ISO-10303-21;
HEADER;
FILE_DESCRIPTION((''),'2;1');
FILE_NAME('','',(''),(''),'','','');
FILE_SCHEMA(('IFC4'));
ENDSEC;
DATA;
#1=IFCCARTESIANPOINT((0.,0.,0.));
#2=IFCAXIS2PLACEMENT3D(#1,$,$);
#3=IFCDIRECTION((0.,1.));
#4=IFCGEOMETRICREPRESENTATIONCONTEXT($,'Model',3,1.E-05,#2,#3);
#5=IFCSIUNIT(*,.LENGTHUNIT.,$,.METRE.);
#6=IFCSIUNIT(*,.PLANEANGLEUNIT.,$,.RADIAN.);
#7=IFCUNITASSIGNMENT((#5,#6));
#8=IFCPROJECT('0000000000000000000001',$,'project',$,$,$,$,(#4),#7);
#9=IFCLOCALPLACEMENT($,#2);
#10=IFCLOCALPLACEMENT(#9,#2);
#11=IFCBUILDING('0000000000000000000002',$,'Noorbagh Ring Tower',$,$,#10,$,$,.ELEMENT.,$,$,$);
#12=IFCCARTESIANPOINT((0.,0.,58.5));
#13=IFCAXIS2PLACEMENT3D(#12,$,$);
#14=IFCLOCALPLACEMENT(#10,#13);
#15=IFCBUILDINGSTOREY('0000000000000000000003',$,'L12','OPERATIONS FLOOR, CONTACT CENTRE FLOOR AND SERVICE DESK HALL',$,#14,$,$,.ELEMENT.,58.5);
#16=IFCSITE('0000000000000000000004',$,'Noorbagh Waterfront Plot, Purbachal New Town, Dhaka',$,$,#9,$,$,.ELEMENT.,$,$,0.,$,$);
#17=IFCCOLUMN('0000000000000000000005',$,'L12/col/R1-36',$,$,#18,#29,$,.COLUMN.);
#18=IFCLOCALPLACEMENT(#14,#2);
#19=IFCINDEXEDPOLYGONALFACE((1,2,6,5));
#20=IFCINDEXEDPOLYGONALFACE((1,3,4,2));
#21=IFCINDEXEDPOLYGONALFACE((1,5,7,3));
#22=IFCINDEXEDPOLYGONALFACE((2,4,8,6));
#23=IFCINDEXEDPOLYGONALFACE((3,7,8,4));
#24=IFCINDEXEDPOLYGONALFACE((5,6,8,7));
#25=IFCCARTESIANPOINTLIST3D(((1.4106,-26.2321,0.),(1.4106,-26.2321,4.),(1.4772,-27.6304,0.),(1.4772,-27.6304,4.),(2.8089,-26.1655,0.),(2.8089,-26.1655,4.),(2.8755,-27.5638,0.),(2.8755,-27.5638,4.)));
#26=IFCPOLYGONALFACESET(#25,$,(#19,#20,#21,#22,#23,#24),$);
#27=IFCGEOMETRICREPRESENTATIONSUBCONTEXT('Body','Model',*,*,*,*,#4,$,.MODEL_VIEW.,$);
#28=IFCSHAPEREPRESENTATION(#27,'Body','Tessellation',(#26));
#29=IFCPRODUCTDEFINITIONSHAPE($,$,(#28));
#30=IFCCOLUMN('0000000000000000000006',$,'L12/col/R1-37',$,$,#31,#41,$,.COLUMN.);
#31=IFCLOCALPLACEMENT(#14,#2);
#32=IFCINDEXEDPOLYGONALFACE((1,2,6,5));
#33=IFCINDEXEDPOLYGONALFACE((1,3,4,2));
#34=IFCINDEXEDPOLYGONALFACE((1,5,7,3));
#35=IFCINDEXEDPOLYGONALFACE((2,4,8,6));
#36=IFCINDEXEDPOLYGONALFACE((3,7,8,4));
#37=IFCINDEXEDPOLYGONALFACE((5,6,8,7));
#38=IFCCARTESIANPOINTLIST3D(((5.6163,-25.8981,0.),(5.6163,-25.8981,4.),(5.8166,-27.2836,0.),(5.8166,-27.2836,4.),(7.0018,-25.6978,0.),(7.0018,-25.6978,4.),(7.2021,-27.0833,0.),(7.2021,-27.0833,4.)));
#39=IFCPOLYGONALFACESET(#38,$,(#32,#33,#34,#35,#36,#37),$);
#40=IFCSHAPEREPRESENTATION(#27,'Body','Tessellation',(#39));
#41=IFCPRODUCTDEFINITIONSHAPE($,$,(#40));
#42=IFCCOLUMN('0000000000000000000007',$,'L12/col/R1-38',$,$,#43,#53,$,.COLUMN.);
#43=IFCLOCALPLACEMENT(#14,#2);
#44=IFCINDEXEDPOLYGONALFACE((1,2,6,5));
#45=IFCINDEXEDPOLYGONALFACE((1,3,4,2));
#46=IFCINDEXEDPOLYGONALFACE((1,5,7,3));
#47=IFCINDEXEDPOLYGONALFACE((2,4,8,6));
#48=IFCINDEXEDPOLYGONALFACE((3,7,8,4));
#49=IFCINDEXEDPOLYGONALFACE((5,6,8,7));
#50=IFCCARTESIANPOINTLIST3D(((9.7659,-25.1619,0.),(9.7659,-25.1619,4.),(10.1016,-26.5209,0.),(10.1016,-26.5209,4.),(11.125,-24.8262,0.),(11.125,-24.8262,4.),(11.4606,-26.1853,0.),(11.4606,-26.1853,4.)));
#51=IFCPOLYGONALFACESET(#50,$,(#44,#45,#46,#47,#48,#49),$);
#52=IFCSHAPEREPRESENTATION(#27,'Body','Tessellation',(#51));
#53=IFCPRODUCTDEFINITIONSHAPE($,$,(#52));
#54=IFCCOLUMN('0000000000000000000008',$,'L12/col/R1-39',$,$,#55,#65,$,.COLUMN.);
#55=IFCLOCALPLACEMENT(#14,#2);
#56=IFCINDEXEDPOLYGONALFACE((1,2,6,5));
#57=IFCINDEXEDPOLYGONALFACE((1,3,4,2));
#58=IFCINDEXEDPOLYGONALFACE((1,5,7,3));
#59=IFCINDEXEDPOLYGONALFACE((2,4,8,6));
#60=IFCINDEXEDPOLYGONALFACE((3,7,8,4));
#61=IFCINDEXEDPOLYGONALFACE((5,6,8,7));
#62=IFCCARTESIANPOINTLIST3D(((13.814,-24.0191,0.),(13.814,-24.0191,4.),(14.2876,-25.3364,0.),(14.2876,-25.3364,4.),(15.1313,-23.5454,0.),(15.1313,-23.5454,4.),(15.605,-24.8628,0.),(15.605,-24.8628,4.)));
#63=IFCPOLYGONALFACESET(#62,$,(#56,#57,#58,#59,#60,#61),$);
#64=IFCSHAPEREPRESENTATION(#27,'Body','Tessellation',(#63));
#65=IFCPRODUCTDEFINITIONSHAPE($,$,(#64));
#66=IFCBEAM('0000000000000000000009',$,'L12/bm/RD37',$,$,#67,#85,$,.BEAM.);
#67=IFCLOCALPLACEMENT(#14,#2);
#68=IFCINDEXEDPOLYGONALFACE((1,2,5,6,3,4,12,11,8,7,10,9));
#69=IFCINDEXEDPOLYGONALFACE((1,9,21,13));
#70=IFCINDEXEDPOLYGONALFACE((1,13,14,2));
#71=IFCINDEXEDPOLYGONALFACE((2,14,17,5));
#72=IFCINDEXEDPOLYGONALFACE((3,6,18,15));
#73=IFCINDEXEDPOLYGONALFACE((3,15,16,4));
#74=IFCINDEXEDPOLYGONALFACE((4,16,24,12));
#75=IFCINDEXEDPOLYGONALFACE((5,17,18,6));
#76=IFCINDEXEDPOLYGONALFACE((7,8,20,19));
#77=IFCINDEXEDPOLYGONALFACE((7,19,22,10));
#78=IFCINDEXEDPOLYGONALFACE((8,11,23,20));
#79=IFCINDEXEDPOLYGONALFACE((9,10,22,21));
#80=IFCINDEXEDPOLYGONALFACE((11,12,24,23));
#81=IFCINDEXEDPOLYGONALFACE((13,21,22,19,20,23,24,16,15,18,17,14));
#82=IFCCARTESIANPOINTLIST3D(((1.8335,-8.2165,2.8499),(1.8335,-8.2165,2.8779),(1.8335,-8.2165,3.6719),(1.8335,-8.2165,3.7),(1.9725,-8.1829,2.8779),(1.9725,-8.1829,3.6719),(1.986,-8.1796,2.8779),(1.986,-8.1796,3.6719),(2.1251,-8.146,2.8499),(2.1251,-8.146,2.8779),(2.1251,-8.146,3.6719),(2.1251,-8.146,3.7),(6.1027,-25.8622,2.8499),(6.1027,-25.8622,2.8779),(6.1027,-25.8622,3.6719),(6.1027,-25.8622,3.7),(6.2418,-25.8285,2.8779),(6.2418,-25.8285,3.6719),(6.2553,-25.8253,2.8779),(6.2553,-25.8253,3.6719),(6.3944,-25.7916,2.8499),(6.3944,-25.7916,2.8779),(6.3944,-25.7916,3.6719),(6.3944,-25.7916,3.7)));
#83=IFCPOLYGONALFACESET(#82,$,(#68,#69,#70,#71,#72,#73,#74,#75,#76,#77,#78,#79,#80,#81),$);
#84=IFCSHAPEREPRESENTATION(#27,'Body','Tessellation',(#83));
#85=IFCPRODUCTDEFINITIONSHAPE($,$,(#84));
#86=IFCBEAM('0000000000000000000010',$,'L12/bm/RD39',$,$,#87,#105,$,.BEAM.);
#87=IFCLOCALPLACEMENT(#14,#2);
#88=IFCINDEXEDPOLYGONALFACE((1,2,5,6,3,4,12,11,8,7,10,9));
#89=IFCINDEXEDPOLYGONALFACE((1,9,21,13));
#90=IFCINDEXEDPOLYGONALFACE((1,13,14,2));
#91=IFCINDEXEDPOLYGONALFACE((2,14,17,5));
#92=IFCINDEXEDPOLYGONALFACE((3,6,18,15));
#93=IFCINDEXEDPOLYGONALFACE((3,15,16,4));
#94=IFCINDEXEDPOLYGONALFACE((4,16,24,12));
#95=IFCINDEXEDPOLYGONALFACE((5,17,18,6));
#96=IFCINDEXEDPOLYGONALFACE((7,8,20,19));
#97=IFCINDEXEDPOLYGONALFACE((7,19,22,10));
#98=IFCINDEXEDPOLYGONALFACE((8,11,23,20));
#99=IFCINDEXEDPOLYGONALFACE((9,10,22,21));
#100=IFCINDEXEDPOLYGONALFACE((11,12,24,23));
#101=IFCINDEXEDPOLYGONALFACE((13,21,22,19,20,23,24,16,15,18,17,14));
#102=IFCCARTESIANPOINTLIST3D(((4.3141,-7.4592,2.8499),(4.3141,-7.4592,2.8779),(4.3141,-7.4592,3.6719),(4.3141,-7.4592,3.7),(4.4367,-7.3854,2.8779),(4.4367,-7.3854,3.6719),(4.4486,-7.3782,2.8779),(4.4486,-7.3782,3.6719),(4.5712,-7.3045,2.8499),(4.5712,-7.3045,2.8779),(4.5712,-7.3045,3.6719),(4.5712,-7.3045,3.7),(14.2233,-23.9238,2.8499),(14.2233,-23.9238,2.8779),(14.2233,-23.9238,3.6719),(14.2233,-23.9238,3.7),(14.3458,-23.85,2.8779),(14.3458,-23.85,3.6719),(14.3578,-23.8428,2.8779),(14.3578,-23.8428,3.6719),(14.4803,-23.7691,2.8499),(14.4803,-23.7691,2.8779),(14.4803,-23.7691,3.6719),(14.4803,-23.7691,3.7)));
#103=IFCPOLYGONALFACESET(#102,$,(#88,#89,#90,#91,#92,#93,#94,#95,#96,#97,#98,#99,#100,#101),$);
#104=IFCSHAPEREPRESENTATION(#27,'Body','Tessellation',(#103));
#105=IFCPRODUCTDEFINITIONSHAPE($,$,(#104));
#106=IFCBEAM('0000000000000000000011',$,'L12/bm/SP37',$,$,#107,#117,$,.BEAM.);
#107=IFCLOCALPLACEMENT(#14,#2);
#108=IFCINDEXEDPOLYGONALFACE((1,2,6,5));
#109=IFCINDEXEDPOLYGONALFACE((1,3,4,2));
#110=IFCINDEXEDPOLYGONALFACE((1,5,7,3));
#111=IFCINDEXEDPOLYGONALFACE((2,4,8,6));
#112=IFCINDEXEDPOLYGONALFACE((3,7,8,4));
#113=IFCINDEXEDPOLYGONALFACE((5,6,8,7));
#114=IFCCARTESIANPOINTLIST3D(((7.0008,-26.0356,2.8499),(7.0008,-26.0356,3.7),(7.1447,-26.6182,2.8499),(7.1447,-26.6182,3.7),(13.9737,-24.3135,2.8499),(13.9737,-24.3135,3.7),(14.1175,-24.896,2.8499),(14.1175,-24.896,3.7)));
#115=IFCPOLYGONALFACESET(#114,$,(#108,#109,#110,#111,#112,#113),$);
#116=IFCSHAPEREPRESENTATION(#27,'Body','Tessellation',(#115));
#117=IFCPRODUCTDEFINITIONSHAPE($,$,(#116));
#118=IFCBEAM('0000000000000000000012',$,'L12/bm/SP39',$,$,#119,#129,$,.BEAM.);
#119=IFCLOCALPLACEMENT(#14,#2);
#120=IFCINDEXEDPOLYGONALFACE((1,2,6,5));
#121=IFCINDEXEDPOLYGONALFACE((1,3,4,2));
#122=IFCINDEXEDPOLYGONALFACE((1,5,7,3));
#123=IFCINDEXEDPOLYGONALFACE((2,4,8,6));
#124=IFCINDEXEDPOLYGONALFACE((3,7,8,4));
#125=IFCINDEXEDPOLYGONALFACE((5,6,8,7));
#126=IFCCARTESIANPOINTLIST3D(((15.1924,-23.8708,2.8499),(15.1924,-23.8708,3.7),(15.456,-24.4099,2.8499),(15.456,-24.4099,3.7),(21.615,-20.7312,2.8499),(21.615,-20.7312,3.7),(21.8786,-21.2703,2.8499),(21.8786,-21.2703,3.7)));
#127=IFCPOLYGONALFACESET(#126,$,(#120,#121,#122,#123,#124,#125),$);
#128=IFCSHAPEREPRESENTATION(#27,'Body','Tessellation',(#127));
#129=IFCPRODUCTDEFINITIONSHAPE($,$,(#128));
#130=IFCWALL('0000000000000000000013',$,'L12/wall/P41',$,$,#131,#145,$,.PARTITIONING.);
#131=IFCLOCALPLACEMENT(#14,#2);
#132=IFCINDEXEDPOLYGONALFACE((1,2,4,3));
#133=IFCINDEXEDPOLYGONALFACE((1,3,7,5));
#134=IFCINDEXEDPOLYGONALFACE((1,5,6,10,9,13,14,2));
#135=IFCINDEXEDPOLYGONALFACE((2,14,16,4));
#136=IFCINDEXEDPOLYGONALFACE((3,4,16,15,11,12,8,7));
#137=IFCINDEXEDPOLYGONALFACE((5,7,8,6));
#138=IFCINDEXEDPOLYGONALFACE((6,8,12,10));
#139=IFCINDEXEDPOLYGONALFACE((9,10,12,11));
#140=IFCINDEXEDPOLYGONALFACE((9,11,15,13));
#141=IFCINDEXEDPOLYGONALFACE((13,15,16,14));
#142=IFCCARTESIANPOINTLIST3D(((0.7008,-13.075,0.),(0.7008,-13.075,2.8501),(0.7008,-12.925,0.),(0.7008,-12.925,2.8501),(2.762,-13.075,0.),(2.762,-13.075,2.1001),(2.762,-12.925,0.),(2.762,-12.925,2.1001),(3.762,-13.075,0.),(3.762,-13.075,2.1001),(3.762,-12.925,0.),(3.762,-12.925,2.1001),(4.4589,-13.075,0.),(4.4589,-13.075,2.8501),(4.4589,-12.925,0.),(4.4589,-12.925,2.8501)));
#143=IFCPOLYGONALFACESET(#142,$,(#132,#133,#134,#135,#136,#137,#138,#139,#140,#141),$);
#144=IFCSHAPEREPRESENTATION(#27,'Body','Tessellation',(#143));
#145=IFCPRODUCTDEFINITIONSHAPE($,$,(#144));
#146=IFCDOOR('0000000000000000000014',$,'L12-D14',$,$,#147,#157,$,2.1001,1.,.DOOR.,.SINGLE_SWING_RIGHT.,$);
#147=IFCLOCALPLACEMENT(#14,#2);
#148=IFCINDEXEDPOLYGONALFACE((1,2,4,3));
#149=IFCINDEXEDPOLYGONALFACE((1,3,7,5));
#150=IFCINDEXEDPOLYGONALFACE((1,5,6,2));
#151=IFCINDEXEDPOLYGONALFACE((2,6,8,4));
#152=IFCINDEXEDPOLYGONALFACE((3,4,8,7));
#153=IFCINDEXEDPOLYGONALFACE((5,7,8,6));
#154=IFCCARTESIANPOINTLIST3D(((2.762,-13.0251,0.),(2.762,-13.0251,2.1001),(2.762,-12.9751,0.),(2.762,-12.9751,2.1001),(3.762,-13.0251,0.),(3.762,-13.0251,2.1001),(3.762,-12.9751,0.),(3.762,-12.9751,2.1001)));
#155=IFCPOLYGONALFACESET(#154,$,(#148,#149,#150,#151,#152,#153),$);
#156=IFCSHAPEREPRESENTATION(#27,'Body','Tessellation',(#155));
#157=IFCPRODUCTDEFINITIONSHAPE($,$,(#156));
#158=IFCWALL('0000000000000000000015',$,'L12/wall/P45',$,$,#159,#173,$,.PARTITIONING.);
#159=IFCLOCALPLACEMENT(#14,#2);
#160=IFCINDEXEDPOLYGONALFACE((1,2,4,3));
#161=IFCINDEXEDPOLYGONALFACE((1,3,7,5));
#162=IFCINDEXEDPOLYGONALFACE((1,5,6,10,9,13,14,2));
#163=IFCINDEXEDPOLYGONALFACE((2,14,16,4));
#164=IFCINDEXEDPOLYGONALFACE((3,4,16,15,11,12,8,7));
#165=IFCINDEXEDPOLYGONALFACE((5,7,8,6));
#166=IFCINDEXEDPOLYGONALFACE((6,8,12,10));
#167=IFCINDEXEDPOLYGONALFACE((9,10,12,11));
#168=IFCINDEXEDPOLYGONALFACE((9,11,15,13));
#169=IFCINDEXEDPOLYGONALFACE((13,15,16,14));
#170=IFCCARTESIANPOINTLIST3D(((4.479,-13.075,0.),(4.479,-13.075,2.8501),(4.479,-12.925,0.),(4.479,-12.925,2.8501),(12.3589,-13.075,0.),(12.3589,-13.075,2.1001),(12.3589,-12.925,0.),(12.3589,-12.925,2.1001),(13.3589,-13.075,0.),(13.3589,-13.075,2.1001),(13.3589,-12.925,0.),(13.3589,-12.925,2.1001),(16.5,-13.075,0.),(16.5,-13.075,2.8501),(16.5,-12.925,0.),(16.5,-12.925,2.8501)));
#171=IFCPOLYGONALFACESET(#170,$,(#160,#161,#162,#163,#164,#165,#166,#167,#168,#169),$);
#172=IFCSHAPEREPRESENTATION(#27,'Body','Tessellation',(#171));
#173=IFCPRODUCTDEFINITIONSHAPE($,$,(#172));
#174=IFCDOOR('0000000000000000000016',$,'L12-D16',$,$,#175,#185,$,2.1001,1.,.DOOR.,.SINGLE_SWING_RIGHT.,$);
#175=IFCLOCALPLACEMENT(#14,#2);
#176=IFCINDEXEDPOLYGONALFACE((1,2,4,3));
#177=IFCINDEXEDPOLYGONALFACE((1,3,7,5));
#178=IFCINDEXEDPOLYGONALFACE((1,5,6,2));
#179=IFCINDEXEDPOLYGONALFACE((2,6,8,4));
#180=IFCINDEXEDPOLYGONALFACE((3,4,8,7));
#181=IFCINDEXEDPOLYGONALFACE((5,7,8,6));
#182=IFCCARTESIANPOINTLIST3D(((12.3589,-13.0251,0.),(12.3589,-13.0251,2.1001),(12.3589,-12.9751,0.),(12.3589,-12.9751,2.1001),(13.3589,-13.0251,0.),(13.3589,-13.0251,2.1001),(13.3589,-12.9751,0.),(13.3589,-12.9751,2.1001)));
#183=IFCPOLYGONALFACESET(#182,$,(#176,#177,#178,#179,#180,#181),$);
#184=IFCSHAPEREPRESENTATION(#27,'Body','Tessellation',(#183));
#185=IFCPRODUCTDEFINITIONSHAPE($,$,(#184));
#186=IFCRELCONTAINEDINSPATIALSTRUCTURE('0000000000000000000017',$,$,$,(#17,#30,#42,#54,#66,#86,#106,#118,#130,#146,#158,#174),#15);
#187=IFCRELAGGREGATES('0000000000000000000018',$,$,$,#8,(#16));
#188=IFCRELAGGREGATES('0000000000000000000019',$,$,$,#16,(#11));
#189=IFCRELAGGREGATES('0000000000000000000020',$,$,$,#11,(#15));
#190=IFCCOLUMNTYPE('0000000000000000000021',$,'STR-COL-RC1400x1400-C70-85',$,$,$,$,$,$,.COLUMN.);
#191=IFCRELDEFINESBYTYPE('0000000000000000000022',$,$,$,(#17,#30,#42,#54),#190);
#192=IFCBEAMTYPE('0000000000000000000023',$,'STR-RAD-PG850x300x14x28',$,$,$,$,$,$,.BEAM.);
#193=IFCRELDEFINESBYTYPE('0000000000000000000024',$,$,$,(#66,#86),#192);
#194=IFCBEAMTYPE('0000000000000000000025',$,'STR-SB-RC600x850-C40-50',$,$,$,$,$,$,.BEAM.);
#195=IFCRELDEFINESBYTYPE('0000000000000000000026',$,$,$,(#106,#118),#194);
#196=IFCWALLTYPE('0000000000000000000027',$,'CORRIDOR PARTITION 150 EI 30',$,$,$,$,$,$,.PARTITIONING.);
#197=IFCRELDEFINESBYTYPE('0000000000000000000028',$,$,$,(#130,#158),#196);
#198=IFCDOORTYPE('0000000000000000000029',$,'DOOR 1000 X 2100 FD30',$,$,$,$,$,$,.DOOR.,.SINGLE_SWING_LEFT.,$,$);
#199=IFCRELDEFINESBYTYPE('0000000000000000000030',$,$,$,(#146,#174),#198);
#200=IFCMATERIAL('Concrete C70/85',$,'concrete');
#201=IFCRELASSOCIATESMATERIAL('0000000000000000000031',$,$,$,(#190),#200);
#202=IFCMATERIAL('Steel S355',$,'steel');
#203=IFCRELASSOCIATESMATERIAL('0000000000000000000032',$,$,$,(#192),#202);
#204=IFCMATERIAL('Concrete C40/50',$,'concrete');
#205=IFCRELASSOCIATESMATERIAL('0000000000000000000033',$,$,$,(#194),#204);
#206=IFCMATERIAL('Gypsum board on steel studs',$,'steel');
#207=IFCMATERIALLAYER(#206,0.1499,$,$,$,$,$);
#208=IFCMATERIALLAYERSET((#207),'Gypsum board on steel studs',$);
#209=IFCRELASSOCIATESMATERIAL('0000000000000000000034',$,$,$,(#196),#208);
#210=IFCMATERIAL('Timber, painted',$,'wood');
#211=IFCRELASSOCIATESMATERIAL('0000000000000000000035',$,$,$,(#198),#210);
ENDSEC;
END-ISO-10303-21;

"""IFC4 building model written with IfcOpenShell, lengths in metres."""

from ifc_helpers import new_model, si_unit, direction, frame, frame_2d, origin, origin_2d, place, context, subcontext, project, spatial, rectangle, i_section, extrude, material, layer, layer_set, material_profile, profile_set, type_object, element, fill, save


model = new_model("IFC4")

# Units and contexts
model_context = context("Model", 3, precision=1e-05, world=origin(), true_north=direction((0.0, 1.0)))
body_context = subcontext(model_context, "Body", "Model", "MODEL_VIEW")
ifc_project = project(units=[si_unit("LENGTHUNIT", "METRE"), si_unit("PLANEANGLEUNIT", "RADIAN")], contexts=[model_context])

# Site, building, storey
site_placement = place(None, origin())
site = spatial("IfcSite", under=ifc_project, at=site_placement, Name="Noorbagh Waterfront Plot, Purbachal New Town, Dhaka", CompositionType="ELEMENT", RefElevation=0.0)
building_placement = place(site_placement, origin())
building = spatial("IfcBuilding", under=site, at=building_placement, Name="Noorbagh Ring Tower", CompositionType="ELEMENT")
storey_placement = place(building_placement, frame((0.0, 0.0, 58.5)))
storey = spatial("IfcBuildingStorey", under=building, at=storey_placement, Name="L12", Description="OPERATIONS FLOOR, CONTACT CENTRE FLOOR AND SERVICE DESK HALL", CompositionType="ELEMENT", Elevation=58.5)

# Columns
ifc_material_1 = material(Name="Concrete C70/85", Category="concrete")
ifc_material_profile_1 = material_profile(ifc_material_1, rectangle(XDim=1.3999, YDim=1.3999, at=origin_2d()), Name="RC1400x1400")
ifc_profile_set_1 = profile_set([ifc_material_profile_1], Name="Concrete C70/85")
column_type = type_object("IfcColumnType", Name="STR-COL-RC1400x1400-C70-85", PredefinedType="COLUMN", material=ifc_profile_set_1)
for number, where, z_axis, x_axis, name in (
    (1, (2.1431, -26.8979, 0.0), (0.0, 0.0, 1.0), (0.998869, 0.047553, 0.0), "L12/col/R1-36"),
    (2, (6.4092, -26.4907, 0.0), (0.0, 0.0, 1.0), (0.989713, 0.143066, 0.0), "L12/col/R1-37"),
    (3, (10.6133, -25.6736, 0.0), (0.0, 0.0, 1.0), (0.970829, 0.239771, 0.0), "L12/col/R1-38"),
    (4, (14.7095, -24.4409, 0.0), (0.0, 0.0, 1.0), (0.941025, 0.338338, 0.0), "L12/col/R1-39"),
):
    element("IfcColumn", number, at=place(storey_placement, frame(where, z_axis=z_axis, x_axis=x_axis)), inside=storey, type_object=column_type, Name=name, PredefinedType="COLUMN", context=body_context, shape_type="SweptSolid", body=[
        extrude(rectangle(XDim=1.3999, YDim=1.3999, at=origin_2d()), origin(), (0.0, 0.0, 1.0), 4.0),
    ])

# Beams
ifc_material_2 = material(Name="Steel S355", Category="steel")
ifc_material_profile_2 = material_profile(ifc_material_2, i_section(OverallWidth=0.3, OverallDepth=0.8501, WebThickness=0.0139, FlangeThickness=0.0281, at=origin_2d()), Name="PG850x300x14x28")
ifc_profile_set_2 = profile_set([ifc_material_profile_2], Name="Steel S355")
beam_type_1 = type_object("IfcBeamType", Name="STR-RAD-PG850x300x14x28", PredefinedType="BEAM", material=ifc_profile_set_2)
beam_1_placement = place(storey_placement, frame((6.2485, -25.8269, 3.2749), z_axis=(-0.235159, 0.971957, 0.0), x_axis=(-0.971957, -0.235159, 0.0)))
element("IfcBeam", 5, at=beam_1_placement, inside=storey, type_object=beam_type_1, Name="L12/bm/RD37", PredefinedType="BEAM", context=body_context, shape_type="SweptSolid", body=[
    extrude(i_section(OverallWidth=0.3, OverallDepth=0.8501, WebThickness=0.0139, FlangeThickness=0.0281, at=origin_2d()), origin(), (0.0, 0.0, 1.0), 18.1548),
])
beam_2_placement = place(storey_placement, frame((14.3518, -23.8464, 3.2749), z_axis=(-0.515659, 0.856794, 0.0), x_axis=(-0.856794, -0.515659, 0.0)))
element("IfcBeam", 6, at=beam_2_placement, inside=storey, type_object=beam_type_1, Name="L12/bm/RD39", PredefinedType="BEAM", context=body_context, shape_type="SweptSolid", body=[
    extrude(i_section(OverallWidth=0.3, OverallDepth=0.8501, WebThickness=0.0139, FlangeThickness=0.0281, at=origin_2d()), origin(), (0.0, 0.0, 1.0), 19.2166),
])
ifc_material_3 = material(Name="Concrete C40/50", Category="concrete")
ifc_material_profile_3 = material_profile(ifc_material_3, rectangle(XDim=0.6001, YDim=0.8501, at=origin_2d()), Name="RC600x850")
ifc_profile_set_3 = profile_set([ifc_material_profile_3], Name="Concrete C40/50")
beam_type_2 = type_object("IfcBeamType", Name="STR-SB-RC600x850-C40-50", PredefinedType="BEAM", material=ifc_profile_set_3)
beam_3_placement = place(storey_placement, frame((7.0728, -26.3269, 3.2749), z_axis=(0.970828, 0.239775, 0.0), x_axis=(-0.239775, 0.970828, 0.0)))
element("IfcBeam", 7, at=beam_3_placement, inside=storey, type_object=beam_type_2, Name="L12/bm/SP37", PredefinedType="BEAM", context=body_context, shape_type="SweptSolid", body=[
    extrude(rectangle(XDim=0.6001, YDim=0.8501, at=origin_2d()), origin(), (0.0, 0.0, 1.0), 7.1824),
])
beam_4_placement = place(storey_placement, frame((15.3242, -24.1404, 3.2749), z_axis=(0.898401, 0.439177, 0.0), x_axis=(-0.439177, 0.898401, 0.0)))
element("IfcBeam", 8, at=beam_4_placement, inside=storey, type_object=beam_type_2, Name="L12/bm/SP39", PredefinedType="BEAM", context=body_context, shape_type="SweptSolid", body=[
    extrude(rectangle(XDim=0.6001, YDim=0.8501, at=origin_2d()), origin(), (0.0, 0.0, 1.0), 7.1489),
])

# Walls, openings, doors
ifc_material_4 = material(Name="Gypsum board on steel studs", Category="steel")
ifc_layer_1 = layer(ifc_material_4, 0.1499)
ifc_layer_set_1 = layer_set([ifc_layer_1], Name="Gypsum board on steel studs")
wall_type_1 = type_object("IfcWallType", Name="CORRIDOR PARTITION 150 EI 30", PredefinedType="PARTITIONING", material=ifc_layer_set_1)
wall_1_placement = place(storey_placement, frame((0.7009, -13.0, 0.0), z_axis=(0.0, 0.0, 1.0), x_axis=(1.0, 0.0, 0.0)))
wall_1 = element("IfcWall", 9, at=wall_1_placement, inside=storey, type_object=wall_type_1, Name="L12/wall/P41", PredefinedType="PARTITIONING", context=body_context, shape_type="SweptSolid", body=[
    extrude(rectangle(XDim=3.7581, YDim=0.1499, at=frame_2d((1.8789, 0.0))), origin(), (0.0, 0.0, 1.0), 2.8501),
])
opening_1_placement = place(wall_1_placement, frame((2.061, 0.0, 0.0)))
opening_1 = element("IfcOpeningElement", 10, at=opening_1_placement, cuts=wall_1, PredefinedType="OPENING", context=body_context, shape_type="SweptSolid", body=[
    extrude(rectangle(XDim=1.0, YDim=2.1001, at=frame_2d((0.5, 1.05))), frame((0.0, 0.085, 0.0), z_axis=(0.0, -1.0, 0.0), x_axis=(1.0, 0.0, 0.0)), (0.0, 0.0, 1.0), 0.1699),
])
ifc_material_5 = material(Name="Timber, painted", Category="wood")
door_type = type_object("IfcDoorType", Name="DOOR 1000 X 2100 FD30", OperationType="SINGLE_SWING_LEFT", PredefinedType="DOOR", material=ifc_material_5)
door_1_placement = place(opening_1_placement, origin())
door_1 = element("IfcDoor", 11, at=door_1_placement, inside=storey, type_object=door_type, Name="L12-D14", OperationType="SINGLE_SWING_RIGHT", OverallHeight=2.1001, OverallWidth=1.0, PredefinedType="DOOR", context=body_context, shape_type="SweptSolid", body=[
    extrude(rectangle(XDim=1.0, YDim=2.1001, at=frame_2d((0.5, 1.05))), frame((0.0, 0.0249, 0.0), z_axis=(0.0, -1.0, 0.0), x_axis=(1.0, 0.0, 0.0)), (0.0, 0.0, 1.0), 0.05),
])
fill(opening_1, door_1)
wall_2_placement = place(storey_placement, frame((4.479, -13.0, 0.0), z_axis=(0.0, 0.0, 1.0), x_axis=(1.0, 0.0, 0.0)))
wall_2 = element("IfcWall", 12, at=wall_2_placement, inside=storey, type_object=wall_type_1, Name="L12/wall/P45", PredefinedType="PARTITIONING", context=body_context, shape_type="SweptSolid", body=[
    extrude(rectangle(XDim=12.021, YDim=0.1499, at=frame_2d((6.0105, 0.0))), origin(), (0.0, 0.0, 1.0), 2.8501),
])
opening_2_placement = place(wall_2_placement, frame((7.8799, 0.0, 0.0)))
opening_2 = element("IfcOpeningElement", 13, at=opening_2_placement, cuts=wall_2, PredefinedType="OPENING", context=body_context, shape_type="SweptSolid", body=[
    extrude(rectangle(XDim=1.0, YDim=2.1001, at=frame_2d((0.5, 1.05))), frame((0.0, 0.085, 0.0), z_axis=(0.0, -1.0, 0.0), x_axis=(1.0, 0.0, 0.0)), (0.0, 0.0, 1.0), 0.1699),
])
door_2_placement = place(opening_2_placement, origin())
door_2 = element("IfcDoor", 14, at=door_2_placement, inside=storey, type_object=door_type, Name="L12-D16", OperationType="SINGLE_SWING_RIGHT", OverallHeight=2.1001, OverallWidth=1.0, PredefinedType="DOOR", context=body_context, shape_type="SweptSolid", body=[
    extrude(rectangle(XDim=1.0, YDim=2.1001, at=frame_2d((0.5, 1.05))), frame((0.0, 0.0249, 0.0), z_axis=(0.0, -1.0, 0.0), x_axis=(1.0, 0.0, 0.0)), (0.0, 0.0, 1.0), 0.05),
])
fill(opening_2, door_2)

save(model, "model.ifc")
